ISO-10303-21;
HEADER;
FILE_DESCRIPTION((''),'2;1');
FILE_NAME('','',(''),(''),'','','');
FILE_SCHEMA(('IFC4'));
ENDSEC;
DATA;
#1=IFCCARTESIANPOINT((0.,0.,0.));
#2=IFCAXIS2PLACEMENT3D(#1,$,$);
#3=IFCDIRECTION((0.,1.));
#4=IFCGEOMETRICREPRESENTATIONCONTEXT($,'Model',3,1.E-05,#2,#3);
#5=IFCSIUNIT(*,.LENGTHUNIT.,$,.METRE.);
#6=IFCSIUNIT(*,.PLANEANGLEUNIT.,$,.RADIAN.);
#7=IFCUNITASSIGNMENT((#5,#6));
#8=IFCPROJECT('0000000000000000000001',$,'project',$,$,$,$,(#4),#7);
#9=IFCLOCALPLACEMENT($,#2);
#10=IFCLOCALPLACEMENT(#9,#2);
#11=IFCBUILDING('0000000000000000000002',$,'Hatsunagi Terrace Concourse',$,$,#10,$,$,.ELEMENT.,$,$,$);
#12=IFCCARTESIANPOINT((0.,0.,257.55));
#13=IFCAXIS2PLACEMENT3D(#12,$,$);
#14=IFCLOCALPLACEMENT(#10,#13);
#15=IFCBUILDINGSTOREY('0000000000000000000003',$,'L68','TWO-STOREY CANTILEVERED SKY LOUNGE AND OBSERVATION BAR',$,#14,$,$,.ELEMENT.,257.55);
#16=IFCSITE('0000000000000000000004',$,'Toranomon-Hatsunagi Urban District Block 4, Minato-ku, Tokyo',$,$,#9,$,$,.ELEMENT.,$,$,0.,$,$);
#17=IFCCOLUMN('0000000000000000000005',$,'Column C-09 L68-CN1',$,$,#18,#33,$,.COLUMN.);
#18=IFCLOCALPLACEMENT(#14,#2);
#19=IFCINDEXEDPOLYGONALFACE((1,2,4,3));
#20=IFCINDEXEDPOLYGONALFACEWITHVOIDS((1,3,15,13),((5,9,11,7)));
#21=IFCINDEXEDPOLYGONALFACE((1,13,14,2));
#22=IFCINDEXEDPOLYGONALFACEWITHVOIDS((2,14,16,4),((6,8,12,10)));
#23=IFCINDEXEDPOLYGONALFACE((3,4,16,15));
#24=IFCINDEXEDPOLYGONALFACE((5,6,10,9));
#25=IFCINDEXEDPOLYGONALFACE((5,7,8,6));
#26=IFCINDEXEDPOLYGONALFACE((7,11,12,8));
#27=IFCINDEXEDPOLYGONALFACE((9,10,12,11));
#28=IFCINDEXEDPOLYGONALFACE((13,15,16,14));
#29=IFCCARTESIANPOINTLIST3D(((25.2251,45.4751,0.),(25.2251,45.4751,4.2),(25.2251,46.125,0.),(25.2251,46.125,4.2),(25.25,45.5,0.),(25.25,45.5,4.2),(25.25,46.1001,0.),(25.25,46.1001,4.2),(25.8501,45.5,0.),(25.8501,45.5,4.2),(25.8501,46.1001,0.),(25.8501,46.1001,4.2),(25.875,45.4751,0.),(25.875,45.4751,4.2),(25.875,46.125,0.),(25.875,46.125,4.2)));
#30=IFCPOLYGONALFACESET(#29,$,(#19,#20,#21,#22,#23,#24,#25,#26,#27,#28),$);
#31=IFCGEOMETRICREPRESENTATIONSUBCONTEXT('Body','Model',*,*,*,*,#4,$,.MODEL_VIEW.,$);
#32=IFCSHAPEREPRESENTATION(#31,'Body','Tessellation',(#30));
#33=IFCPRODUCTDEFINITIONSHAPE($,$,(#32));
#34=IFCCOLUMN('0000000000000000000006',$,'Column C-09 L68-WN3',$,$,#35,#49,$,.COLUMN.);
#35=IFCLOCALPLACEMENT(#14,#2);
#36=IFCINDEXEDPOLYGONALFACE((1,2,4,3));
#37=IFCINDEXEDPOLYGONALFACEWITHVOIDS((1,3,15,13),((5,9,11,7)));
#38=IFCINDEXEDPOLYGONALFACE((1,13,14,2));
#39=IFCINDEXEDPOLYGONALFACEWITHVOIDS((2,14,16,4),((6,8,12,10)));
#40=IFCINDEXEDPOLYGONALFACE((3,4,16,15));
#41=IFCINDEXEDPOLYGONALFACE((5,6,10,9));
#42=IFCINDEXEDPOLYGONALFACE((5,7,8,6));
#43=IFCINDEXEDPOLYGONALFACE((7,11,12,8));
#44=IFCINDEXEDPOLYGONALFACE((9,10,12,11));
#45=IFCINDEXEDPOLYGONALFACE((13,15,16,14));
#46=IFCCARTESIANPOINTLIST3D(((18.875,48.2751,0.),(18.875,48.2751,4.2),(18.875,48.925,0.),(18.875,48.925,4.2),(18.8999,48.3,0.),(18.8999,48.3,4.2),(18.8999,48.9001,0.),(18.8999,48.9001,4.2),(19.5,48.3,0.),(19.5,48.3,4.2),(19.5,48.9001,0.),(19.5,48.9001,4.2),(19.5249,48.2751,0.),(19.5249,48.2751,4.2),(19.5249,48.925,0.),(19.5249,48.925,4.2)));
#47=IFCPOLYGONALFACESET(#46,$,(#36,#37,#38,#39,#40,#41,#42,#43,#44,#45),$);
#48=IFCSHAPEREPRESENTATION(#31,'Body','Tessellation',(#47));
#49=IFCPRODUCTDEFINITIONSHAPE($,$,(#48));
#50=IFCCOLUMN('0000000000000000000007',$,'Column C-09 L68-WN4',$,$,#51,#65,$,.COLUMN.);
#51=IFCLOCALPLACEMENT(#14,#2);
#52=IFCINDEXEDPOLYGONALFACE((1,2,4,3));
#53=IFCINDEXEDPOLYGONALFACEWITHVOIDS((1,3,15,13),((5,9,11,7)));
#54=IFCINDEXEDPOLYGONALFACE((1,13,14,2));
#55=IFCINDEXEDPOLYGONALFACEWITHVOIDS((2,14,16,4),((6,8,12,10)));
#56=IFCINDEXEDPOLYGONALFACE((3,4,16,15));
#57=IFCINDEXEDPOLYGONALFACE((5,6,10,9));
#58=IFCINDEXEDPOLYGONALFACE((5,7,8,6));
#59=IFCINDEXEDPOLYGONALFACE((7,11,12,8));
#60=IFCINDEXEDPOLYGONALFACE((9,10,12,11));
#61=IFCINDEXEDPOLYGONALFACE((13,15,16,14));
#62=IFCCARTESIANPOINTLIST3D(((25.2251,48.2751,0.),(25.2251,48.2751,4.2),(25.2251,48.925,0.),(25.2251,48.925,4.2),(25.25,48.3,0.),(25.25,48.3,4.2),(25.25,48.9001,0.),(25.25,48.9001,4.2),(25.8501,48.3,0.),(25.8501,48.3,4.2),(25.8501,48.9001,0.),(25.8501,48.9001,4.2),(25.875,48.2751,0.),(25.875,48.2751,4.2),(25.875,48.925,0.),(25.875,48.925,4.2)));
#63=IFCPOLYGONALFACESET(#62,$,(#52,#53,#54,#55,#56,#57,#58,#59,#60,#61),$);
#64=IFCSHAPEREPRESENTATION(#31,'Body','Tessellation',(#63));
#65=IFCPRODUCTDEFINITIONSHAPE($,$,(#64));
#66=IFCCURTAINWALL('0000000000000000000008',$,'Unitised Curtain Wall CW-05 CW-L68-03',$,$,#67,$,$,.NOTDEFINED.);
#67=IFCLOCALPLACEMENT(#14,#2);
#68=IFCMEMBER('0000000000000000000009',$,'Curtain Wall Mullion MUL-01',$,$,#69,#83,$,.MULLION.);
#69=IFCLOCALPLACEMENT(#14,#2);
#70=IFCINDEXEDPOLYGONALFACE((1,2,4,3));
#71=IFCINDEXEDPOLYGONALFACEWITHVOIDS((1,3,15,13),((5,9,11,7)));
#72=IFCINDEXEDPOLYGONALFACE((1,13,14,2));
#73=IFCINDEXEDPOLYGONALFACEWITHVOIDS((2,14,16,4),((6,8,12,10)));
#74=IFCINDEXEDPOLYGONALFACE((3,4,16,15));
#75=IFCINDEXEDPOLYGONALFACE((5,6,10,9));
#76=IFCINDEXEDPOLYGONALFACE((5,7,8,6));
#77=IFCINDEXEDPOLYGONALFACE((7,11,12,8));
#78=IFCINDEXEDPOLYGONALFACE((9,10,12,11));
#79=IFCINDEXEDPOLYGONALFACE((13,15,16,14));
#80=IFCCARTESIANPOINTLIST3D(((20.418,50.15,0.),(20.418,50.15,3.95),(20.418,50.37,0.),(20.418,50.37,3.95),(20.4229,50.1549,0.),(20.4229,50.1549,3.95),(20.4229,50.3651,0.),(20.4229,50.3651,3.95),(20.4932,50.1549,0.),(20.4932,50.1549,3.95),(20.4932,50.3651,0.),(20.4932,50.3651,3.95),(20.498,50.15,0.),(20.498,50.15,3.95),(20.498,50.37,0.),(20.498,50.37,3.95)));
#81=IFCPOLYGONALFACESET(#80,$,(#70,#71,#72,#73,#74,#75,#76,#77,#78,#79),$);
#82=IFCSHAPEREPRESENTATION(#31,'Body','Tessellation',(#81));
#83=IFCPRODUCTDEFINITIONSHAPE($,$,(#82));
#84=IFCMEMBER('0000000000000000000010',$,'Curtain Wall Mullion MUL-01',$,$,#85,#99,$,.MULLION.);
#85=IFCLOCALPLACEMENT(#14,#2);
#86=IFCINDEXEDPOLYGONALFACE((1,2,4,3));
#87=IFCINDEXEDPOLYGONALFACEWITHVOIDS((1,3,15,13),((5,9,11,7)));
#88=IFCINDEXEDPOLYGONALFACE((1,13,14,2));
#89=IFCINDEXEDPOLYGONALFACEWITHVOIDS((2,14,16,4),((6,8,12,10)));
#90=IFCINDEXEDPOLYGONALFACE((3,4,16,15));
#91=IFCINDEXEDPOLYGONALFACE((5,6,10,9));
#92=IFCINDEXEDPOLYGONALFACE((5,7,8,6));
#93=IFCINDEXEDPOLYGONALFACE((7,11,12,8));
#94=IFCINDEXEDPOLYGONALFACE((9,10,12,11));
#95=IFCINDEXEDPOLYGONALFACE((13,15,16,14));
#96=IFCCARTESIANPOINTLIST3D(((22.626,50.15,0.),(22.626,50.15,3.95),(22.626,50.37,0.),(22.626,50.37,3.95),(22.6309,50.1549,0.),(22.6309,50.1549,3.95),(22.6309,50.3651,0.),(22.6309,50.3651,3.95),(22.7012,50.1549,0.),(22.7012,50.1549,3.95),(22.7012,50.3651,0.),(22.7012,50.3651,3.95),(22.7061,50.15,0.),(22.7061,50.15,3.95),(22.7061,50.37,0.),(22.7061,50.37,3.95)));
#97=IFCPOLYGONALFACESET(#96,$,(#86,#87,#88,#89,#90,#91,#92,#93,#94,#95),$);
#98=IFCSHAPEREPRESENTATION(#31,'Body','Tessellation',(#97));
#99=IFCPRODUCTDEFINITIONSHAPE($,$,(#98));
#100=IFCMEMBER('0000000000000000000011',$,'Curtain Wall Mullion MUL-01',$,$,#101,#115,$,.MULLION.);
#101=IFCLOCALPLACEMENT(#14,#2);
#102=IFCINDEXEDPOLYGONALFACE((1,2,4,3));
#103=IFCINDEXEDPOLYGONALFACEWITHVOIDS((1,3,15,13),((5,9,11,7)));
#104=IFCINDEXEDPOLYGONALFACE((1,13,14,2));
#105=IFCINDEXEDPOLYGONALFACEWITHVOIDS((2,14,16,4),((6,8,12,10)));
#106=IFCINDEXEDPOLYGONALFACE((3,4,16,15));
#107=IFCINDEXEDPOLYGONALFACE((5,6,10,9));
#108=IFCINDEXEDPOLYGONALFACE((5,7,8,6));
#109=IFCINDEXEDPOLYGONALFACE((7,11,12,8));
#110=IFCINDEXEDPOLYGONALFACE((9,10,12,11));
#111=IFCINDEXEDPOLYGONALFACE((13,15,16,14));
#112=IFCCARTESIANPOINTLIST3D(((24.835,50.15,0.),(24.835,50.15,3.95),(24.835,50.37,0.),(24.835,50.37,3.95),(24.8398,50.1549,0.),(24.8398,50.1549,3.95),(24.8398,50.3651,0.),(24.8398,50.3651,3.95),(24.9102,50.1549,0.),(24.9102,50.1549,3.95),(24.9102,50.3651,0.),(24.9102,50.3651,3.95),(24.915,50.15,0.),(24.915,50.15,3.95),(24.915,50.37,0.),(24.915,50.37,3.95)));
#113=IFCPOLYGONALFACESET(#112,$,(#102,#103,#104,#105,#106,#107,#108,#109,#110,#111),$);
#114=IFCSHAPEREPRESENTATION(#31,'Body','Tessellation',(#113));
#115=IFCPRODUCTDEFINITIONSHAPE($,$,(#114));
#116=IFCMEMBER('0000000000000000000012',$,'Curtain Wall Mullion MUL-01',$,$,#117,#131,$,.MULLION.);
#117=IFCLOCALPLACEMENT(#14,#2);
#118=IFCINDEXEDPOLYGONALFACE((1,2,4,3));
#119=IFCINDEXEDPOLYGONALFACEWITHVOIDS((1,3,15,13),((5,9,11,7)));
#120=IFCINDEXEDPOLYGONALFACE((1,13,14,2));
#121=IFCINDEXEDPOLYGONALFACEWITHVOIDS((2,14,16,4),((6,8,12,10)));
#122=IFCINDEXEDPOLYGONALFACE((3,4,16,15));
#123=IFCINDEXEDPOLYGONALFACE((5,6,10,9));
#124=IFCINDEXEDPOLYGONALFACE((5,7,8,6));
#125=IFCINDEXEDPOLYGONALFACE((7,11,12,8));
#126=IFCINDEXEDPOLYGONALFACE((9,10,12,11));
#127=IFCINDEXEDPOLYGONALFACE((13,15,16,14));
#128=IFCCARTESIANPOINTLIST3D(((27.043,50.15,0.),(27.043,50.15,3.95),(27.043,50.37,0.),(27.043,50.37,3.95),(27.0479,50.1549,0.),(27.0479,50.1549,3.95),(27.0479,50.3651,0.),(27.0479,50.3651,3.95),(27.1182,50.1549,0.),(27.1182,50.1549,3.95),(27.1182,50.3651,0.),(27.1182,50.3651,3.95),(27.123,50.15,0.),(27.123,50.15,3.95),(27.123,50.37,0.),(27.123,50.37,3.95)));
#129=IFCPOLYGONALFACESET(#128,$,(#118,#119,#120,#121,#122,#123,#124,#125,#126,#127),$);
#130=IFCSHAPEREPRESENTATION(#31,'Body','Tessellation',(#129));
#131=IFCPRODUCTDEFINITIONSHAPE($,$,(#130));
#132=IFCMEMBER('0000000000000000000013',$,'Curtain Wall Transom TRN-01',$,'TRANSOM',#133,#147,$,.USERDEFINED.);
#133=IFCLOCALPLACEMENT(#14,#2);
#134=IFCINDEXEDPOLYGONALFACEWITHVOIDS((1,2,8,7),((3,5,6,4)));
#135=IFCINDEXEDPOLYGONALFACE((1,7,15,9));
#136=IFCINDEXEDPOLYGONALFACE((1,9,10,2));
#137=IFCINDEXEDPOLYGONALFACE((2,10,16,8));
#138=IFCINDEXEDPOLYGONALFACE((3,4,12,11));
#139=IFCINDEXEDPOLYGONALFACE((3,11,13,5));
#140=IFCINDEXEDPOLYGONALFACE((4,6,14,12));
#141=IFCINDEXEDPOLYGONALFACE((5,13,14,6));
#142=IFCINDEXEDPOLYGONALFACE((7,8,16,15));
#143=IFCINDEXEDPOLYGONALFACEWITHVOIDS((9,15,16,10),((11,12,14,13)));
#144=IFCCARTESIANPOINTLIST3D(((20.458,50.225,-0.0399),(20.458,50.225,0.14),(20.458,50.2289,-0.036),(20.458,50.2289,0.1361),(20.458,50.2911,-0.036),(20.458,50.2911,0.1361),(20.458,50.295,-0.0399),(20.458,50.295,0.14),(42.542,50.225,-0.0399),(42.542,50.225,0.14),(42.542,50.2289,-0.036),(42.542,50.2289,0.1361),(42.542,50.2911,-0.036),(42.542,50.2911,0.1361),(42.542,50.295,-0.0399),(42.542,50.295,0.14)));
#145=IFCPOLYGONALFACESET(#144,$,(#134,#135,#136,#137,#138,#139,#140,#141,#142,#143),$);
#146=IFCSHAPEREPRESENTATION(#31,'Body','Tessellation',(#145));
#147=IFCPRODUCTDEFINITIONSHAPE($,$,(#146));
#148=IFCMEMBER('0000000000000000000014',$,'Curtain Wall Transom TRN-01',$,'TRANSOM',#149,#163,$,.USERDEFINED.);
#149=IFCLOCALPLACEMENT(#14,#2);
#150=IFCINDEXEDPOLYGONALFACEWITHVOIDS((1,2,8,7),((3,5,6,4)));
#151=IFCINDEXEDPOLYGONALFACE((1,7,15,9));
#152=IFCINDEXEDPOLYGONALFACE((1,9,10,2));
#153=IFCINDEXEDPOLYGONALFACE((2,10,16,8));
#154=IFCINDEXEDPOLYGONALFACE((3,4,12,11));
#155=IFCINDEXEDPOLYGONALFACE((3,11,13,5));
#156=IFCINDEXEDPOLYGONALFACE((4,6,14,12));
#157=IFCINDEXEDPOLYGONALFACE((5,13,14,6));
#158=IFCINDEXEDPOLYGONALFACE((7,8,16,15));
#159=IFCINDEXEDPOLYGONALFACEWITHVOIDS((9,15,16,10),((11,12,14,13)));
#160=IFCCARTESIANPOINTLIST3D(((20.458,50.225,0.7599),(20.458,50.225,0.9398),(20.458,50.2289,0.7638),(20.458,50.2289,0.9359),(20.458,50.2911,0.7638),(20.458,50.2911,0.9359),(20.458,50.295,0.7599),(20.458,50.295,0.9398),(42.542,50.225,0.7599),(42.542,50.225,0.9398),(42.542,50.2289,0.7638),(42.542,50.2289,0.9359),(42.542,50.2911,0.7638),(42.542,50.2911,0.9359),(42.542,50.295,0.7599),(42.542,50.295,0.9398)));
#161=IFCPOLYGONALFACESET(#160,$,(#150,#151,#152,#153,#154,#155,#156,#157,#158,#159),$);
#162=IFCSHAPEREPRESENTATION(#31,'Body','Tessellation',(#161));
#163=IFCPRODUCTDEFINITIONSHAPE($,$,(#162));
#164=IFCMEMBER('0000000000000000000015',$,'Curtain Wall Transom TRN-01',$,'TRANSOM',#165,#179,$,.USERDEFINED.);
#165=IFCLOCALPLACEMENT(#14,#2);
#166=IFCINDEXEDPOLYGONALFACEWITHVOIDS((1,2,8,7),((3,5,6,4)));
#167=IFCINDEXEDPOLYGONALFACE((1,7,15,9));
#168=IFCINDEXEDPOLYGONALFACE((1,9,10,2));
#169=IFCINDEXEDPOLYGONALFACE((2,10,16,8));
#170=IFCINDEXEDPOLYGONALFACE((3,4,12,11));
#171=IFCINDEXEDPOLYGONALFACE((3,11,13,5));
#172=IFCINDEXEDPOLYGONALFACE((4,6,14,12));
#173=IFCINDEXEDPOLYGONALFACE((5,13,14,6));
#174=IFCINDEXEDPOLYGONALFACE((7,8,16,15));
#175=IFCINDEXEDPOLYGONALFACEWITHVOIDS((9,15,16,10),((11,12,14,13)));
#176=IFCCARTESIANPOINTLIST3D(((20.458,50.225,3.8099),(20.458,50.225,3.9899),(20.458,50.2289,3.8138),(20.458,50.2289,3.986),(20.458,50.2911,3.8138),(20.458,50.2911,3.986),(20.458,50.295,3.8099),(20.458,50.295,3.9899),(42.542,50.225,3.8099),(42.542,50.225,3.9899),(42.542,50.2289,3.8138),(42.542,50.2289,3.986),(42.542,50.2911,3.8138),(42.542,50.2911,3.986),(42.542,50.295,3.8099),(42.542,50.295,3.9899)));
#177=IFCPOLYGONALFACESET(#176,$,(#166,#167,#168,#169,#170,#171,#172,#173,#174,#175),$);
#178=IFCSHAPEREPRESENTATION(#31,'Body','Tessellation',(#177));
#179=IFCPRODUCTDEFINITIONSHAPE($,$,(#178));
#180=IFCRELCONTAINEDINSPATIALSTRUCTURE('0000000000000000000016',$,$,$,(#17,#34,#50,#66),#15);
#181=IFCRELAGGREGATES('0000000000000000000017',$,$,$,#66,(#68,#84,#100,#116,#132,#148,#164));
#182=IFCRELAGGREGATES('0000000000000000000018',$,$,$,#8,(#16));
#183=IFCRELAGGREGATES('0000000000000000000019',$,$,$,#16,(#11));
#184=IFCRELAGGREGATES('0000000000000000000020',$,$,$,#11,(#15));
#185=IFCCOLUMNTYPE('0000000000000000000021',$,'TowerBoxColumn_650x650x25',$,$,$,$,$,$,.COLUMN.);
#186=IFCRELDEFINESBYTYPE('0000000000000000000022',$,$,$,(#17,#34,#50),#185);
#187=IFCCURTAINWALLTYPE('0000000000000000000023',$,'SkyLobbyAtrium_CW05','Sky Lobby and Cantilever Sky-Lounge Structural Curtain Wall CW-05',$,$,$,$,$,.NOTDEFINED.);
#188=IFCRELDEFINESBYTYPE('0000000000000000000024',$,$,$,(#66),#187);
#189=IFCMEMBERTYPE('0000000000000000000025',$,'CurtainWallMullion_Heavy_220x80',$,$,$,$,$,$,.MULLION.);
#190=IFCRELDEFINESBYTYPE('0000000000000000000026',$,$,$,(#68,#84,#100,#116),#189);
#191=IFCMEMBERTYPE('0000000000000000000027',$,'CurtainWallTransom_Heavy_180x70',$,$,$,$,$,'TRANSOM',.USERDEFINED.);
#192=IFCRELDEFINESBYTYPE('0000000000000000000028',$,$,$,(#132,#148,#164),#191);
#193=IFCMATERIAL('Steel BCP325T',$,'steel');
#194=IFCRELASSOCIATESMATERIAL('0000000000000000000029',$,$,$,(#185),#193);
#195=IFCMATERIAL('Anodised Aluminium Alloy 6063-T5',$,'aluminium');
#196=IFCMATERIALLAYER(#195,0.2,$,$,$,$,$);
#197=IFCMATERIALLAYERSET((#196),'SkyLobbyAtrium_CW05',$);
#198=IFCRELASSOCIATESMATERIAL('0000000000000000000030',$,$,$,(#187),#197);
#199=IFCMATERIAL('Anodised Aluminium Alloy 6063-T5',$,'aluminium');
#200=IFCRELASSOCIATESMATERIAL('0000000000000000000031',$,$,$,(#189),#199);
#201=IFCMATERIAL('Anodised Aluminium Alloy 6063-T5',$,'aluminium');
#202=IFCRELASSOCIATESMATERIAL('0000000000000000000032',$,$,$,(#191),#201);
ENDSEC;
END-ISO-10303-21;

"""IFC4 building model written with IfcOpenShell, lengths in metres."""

from ifc_helpers import new_model, si_unit, direction, frame, origin, origin_2d, place, context, subcontext, project, spatial, hollow_rectangle, extrude, material, layer, layer_set, material_profile, profile_set, type_object, element, aggregate, save


model = new_model("IFC4")

# Units and contexts
model_context = context("Model", 3, precision=1e-05, world=origin(), true_north=direction((0.0, 1.0)))
body_context = subcontext(model_context, "Body", "Model", "MODEL_VIEW")
ifc_project = project(units=[si_unit("LENGTHUNIT", "METRE"), si_unit("PLANEANGLEUNIT", "RADIAN")], contexts=[model_context])

# Site, building, storey
site_placement = place(None, origin())
site = spatial("IfcSite", under=ifc_project, at=site_placement, Name="Toranomon-Hatsunagi Urban District Block 4, Minato-ku, Tokyo", CompositionType="ELEMENT", RefElevation=0.0)
building_placement = place(site_placement, origin())
building = spatial("IfcBuilding", under=site, at=building_placement, Name="Hatsunagi Terrace Concourse", CompositionType="ELEMENT")
storey_placement = place(building_placement, frame((0.0, 0.0, 257.55)))
storey = spatial("IfcBuildingStorey", under=building, at=storey_placement, Name="L68", Description="TWO-STOREY CANTILEVERED SKY LOUNGE AND OBSERVATION BAR", CompositionType="ELEMENT", Elevation=257.55)

# Columns
ifc_material_1 = material(Name="Steel BCP325T", Category="steel")
ifc_material_profile_1 = material_profile(ifc_material_1, hollow_rectangle(XDim=0.6499, YDim=0.6499, WallThickness=0.0249, at=origin_2d()), Name="BCP-650x650x25")
ifc_profile_set_1 = profile_set([ifc_material_profile_1], Name="Steel BCP325T")
column_type = type_object("IfcColumnType", Name="TowerBoxColumn_650x650x25", PredefinedType="COLUMN", material=ifc_profile_set_1)
for number, where, z_axis, x_axis, name in (
    (1, (25.55, 45.8, 0.0), (0.0, 0.0, 1.0), (1.0, 0.0, 0.0), "Column C-09 L68-CN1"),
    (2, (19.2, 48.6001, 0.0), (0.0, 0.0, 1.0), (1.0, 0.0, 0.0), "Column C-09 L68-WN3"),
    (3, (25.55, 48.6001, 0.0), (0.0, 0.0, 1.0), (1.0, 0.0, 0.0), "Column C-09 L68-WN4"),
):
    element("IfcColumn", number, at=place(storey_placement, frame(where, z_axis=z_axis, x_axis=x_axis)), inside=storey, type_object=column_type, Name=name, PredefinedType="COLUMN", context=body_context, shape_type="SweptSolid", body=[
        extrude(hollow_rectangle(XDim=0.6499, YDim=0.6499, WallThickness=0.0249, at=origin_2d()), origin(), (0.0, 0.0, 1.0), 4.2),
    ])

# Curtain wall, members
ifc_material_2 = material(Name="Anodised Aluminium Alloy 6063-T5", Category="aluminium")
ifc_layer_1 = layer(ifc_material_2, 0.2)
ifc_layer_set_1 = layer_set([ifc_layer_1], Name="SkyLobbyAtrium_CW05")
curtain_wall_type = type_object("IfcCurtainWallType", Name="SkyLobbyAtrium_CW05", Description="Sky Lobby and Cantilever Sky-Lounge Structural Curtain Wall CW-05", PredefinedType="NOTDEFINED", material=ifc_layer_set_1)
curtain_wall_placement = place(storey_placement, origin())
curtain_wall = element("IfcCurtainWall", 4, at=curtain_wall_placement, inside=storey, type_object=curtain_wall_type, Name="Unitised Curtain Wall CW-05 CW-L68-03", PredefinedType="NOTDEFINED")
ifc_material_3 = material(Name="Anodised Aluminium Alloy 6063-T5", Category="aluminium")
ifc_material_profile_2 = material_profile(ifc_material_3, hollow_rectangle(XDim=0.0801, YDim=0.22, WallThickness=0.0049, at=origin_2d()), Name="ALU-MUL-220x80x5")
ifc_profile_set_2 = profile_set([ifc_material_profile_2], Name="Anodised Aluminium Alloy 6063-T5")
member_type_1 = type_object("IfcMemberType", Name="CurtainWallMullion_Heavy_220x80", PredefinedType="MULLION", material=ifc_profile_set_2)
member_1_placement = place(storey_placement, frame((20.458, 50.26, 0.0), z_axis=(0.0, 0.0, 1.0), x_axis=(1.0, 0.0, 0.0)))
member_1 = element("IfcMember", 5, at=member_1_placement, type_object=member_type_1, Name="Curtain Wall Mullion MUL-01", PredefinedType="MULLION", context=body_context, shape_type="SweptSolid", body=[
    extrude(hollow_rectangle(XDim=0.0801, YDim=0.22, WallThickness=0.0049, at=origin_2d()), origin(), (0.0, 0.0, 1.0), 3.95),
])
member_2_placement = place(storey_placement, frame((22.666, 50.26, 0.0), z_axis=(0.0, 0.0, 1.0), x_axis=(1.0, 0.0, 0.0)))
member_2 = element("IfcMember", 6, at=member_2_placement, type_object=member_type_1, Name="Curtain Wall Mullion MUL-01", PredefinedType="MULLION", context=body_context, shape_type="SweptSolid", body=[
    extrude(hollow_rectangle(XDim=0.0801, YDim=0.22, WallThickness=0.0049, at=origin_2d()), origin(), (0.0, 0.0, 1.0), 3.95),
])
member_3_placement = place(storey_placement, frame((24.875, 50.26, 0.0), z_axis=(0.0, 0.0, 1.0), x_axis=(1.0, 0.0, 0.0)))
member_3 = element("IfcMember", 7, at=member_3_placement, type_object=member_type_1, Name="Curtain Wall Mullion MUL-01", PredefinedType="MULLION", context=body_context, shape_type="SweptSolid", body=[
    extrude(hollow_rectangle(XDim=0.0801, YDim=0.22, WallThickness=0.0049, at=origin_2d()), origin(), (0.0, 0.0, 1.0), 3.95),
])
member_4_placement = place(storey_placement, frame((27.083, 50.26, 0.0), z_axis=(0.0, 0.0, 1.0), x_axis=(1.0, 0.0, 0.0)))
member_4 = element("IfcMember", 8, at=member_4_placement, type_object=member_type_1, Name="Curtain Wall Mullion MUL-01", PredefinedType="MULLION", context=body_context, shape_type="SweptSolid", body=[
    extrude(hollow_rectangle(XDim=0.0801, YDim=0.22, WallThickness=0.0049, at=origin_2d()), origin(), (0.0, 0.0, 1.0), 3.95),
])
ifc_material_4 = material(Name="Anodised Aluminium Alloy 6063-T5", Category="aluminium")
ifc_material_profile_3 = material_profile(ifc_material_4, hollow_rectangle(XDim=0.0701, YDim=0.1799, WallThickness=0.0039, at=origin_2d()), Name="ALU-TRN-180x70x4")
ifc_profile_set_3 = profile_set([ifc_material_profile_3], Name="Anodised Aluminium Alloy 6063-T5")
member_type_2 = type_object("IfcMemberType", Name="CurtainWallTransom_Heavy_180x70", ElementType="TRANSOM", PredefinedType="USERDEFINED", material=ifc_profile_set_3)
member_5_placement = place(storey_placement, frame((20.458, 50.26, 0.05), z_axis=(1.0, 0.0, 0.0), x_axis=(0.0, 1.0, 0.0)))
member_5 = element("IfcMember", 9, at=member_5_placement, type_object=member_type_2, Name="Curtain Wall Transom TRN-01", ObjectType="TRANSOM", PredefinedType="USERDEFINED", context=body_context, shape_type="SweptSolid", body=[
    extrude(hollow_rectangle(XDim=0.0701, YDim=0.1799, WallThickness=0.0039, at=origin_2d()), origin(), (0.0, 0.0, 1.0), 22.084),
])
member_6_placement = place(storey_placement, frame((20.458, 50.26, 0.8499), z_axis=(1.0, 0.0, 0.0), x_axis=(0.0, 1.0, 0.0)))
member_6 = element("IfcMember", 10, at=member_6_placement, type_object=member_type_2, Name="Curtain Wall Transom TRN-01", ObjectType="TRANSOM", PredefinedType="USERDEFINED", context=body_context, shape_type="SweptSolid", body=[
    extrude(hollow_rectangle(XDim=0.0701, YDim=0.1799, WallThickness=0.0039, at=origin_2d()), origin(), (0.0, 0.0, 1.0), 22.084),
])
member_7_placement = place(storey_placement, frame((20.458, 50.26, 3.8999), z_axis=(1.0, 0.0, 0.0), x_axis=(0.0, 1.0, 0.0)))
member_7 = element("IfcMember", 11, at=member_7_placement, type_object=member_type_2, Name="Curtain Wall Transom TRN-01", ObjectType="TRANSOM", PredefinedType="USERDEFINED", context=body_context, shape_type="SweptSolid", body=[
    extrude(hollow_rectangle(XDim=0.0701, YDim=0.1799, WallThickness=0.0039, at=origin_2d()), origin(), (0.0, 0.0, 1.0), 22.084),
])

aggregate(curtain_wall, [member_1, member_2, member_3, member_4, member_5, member_6, member_7])

save(model, "model.ifc")
